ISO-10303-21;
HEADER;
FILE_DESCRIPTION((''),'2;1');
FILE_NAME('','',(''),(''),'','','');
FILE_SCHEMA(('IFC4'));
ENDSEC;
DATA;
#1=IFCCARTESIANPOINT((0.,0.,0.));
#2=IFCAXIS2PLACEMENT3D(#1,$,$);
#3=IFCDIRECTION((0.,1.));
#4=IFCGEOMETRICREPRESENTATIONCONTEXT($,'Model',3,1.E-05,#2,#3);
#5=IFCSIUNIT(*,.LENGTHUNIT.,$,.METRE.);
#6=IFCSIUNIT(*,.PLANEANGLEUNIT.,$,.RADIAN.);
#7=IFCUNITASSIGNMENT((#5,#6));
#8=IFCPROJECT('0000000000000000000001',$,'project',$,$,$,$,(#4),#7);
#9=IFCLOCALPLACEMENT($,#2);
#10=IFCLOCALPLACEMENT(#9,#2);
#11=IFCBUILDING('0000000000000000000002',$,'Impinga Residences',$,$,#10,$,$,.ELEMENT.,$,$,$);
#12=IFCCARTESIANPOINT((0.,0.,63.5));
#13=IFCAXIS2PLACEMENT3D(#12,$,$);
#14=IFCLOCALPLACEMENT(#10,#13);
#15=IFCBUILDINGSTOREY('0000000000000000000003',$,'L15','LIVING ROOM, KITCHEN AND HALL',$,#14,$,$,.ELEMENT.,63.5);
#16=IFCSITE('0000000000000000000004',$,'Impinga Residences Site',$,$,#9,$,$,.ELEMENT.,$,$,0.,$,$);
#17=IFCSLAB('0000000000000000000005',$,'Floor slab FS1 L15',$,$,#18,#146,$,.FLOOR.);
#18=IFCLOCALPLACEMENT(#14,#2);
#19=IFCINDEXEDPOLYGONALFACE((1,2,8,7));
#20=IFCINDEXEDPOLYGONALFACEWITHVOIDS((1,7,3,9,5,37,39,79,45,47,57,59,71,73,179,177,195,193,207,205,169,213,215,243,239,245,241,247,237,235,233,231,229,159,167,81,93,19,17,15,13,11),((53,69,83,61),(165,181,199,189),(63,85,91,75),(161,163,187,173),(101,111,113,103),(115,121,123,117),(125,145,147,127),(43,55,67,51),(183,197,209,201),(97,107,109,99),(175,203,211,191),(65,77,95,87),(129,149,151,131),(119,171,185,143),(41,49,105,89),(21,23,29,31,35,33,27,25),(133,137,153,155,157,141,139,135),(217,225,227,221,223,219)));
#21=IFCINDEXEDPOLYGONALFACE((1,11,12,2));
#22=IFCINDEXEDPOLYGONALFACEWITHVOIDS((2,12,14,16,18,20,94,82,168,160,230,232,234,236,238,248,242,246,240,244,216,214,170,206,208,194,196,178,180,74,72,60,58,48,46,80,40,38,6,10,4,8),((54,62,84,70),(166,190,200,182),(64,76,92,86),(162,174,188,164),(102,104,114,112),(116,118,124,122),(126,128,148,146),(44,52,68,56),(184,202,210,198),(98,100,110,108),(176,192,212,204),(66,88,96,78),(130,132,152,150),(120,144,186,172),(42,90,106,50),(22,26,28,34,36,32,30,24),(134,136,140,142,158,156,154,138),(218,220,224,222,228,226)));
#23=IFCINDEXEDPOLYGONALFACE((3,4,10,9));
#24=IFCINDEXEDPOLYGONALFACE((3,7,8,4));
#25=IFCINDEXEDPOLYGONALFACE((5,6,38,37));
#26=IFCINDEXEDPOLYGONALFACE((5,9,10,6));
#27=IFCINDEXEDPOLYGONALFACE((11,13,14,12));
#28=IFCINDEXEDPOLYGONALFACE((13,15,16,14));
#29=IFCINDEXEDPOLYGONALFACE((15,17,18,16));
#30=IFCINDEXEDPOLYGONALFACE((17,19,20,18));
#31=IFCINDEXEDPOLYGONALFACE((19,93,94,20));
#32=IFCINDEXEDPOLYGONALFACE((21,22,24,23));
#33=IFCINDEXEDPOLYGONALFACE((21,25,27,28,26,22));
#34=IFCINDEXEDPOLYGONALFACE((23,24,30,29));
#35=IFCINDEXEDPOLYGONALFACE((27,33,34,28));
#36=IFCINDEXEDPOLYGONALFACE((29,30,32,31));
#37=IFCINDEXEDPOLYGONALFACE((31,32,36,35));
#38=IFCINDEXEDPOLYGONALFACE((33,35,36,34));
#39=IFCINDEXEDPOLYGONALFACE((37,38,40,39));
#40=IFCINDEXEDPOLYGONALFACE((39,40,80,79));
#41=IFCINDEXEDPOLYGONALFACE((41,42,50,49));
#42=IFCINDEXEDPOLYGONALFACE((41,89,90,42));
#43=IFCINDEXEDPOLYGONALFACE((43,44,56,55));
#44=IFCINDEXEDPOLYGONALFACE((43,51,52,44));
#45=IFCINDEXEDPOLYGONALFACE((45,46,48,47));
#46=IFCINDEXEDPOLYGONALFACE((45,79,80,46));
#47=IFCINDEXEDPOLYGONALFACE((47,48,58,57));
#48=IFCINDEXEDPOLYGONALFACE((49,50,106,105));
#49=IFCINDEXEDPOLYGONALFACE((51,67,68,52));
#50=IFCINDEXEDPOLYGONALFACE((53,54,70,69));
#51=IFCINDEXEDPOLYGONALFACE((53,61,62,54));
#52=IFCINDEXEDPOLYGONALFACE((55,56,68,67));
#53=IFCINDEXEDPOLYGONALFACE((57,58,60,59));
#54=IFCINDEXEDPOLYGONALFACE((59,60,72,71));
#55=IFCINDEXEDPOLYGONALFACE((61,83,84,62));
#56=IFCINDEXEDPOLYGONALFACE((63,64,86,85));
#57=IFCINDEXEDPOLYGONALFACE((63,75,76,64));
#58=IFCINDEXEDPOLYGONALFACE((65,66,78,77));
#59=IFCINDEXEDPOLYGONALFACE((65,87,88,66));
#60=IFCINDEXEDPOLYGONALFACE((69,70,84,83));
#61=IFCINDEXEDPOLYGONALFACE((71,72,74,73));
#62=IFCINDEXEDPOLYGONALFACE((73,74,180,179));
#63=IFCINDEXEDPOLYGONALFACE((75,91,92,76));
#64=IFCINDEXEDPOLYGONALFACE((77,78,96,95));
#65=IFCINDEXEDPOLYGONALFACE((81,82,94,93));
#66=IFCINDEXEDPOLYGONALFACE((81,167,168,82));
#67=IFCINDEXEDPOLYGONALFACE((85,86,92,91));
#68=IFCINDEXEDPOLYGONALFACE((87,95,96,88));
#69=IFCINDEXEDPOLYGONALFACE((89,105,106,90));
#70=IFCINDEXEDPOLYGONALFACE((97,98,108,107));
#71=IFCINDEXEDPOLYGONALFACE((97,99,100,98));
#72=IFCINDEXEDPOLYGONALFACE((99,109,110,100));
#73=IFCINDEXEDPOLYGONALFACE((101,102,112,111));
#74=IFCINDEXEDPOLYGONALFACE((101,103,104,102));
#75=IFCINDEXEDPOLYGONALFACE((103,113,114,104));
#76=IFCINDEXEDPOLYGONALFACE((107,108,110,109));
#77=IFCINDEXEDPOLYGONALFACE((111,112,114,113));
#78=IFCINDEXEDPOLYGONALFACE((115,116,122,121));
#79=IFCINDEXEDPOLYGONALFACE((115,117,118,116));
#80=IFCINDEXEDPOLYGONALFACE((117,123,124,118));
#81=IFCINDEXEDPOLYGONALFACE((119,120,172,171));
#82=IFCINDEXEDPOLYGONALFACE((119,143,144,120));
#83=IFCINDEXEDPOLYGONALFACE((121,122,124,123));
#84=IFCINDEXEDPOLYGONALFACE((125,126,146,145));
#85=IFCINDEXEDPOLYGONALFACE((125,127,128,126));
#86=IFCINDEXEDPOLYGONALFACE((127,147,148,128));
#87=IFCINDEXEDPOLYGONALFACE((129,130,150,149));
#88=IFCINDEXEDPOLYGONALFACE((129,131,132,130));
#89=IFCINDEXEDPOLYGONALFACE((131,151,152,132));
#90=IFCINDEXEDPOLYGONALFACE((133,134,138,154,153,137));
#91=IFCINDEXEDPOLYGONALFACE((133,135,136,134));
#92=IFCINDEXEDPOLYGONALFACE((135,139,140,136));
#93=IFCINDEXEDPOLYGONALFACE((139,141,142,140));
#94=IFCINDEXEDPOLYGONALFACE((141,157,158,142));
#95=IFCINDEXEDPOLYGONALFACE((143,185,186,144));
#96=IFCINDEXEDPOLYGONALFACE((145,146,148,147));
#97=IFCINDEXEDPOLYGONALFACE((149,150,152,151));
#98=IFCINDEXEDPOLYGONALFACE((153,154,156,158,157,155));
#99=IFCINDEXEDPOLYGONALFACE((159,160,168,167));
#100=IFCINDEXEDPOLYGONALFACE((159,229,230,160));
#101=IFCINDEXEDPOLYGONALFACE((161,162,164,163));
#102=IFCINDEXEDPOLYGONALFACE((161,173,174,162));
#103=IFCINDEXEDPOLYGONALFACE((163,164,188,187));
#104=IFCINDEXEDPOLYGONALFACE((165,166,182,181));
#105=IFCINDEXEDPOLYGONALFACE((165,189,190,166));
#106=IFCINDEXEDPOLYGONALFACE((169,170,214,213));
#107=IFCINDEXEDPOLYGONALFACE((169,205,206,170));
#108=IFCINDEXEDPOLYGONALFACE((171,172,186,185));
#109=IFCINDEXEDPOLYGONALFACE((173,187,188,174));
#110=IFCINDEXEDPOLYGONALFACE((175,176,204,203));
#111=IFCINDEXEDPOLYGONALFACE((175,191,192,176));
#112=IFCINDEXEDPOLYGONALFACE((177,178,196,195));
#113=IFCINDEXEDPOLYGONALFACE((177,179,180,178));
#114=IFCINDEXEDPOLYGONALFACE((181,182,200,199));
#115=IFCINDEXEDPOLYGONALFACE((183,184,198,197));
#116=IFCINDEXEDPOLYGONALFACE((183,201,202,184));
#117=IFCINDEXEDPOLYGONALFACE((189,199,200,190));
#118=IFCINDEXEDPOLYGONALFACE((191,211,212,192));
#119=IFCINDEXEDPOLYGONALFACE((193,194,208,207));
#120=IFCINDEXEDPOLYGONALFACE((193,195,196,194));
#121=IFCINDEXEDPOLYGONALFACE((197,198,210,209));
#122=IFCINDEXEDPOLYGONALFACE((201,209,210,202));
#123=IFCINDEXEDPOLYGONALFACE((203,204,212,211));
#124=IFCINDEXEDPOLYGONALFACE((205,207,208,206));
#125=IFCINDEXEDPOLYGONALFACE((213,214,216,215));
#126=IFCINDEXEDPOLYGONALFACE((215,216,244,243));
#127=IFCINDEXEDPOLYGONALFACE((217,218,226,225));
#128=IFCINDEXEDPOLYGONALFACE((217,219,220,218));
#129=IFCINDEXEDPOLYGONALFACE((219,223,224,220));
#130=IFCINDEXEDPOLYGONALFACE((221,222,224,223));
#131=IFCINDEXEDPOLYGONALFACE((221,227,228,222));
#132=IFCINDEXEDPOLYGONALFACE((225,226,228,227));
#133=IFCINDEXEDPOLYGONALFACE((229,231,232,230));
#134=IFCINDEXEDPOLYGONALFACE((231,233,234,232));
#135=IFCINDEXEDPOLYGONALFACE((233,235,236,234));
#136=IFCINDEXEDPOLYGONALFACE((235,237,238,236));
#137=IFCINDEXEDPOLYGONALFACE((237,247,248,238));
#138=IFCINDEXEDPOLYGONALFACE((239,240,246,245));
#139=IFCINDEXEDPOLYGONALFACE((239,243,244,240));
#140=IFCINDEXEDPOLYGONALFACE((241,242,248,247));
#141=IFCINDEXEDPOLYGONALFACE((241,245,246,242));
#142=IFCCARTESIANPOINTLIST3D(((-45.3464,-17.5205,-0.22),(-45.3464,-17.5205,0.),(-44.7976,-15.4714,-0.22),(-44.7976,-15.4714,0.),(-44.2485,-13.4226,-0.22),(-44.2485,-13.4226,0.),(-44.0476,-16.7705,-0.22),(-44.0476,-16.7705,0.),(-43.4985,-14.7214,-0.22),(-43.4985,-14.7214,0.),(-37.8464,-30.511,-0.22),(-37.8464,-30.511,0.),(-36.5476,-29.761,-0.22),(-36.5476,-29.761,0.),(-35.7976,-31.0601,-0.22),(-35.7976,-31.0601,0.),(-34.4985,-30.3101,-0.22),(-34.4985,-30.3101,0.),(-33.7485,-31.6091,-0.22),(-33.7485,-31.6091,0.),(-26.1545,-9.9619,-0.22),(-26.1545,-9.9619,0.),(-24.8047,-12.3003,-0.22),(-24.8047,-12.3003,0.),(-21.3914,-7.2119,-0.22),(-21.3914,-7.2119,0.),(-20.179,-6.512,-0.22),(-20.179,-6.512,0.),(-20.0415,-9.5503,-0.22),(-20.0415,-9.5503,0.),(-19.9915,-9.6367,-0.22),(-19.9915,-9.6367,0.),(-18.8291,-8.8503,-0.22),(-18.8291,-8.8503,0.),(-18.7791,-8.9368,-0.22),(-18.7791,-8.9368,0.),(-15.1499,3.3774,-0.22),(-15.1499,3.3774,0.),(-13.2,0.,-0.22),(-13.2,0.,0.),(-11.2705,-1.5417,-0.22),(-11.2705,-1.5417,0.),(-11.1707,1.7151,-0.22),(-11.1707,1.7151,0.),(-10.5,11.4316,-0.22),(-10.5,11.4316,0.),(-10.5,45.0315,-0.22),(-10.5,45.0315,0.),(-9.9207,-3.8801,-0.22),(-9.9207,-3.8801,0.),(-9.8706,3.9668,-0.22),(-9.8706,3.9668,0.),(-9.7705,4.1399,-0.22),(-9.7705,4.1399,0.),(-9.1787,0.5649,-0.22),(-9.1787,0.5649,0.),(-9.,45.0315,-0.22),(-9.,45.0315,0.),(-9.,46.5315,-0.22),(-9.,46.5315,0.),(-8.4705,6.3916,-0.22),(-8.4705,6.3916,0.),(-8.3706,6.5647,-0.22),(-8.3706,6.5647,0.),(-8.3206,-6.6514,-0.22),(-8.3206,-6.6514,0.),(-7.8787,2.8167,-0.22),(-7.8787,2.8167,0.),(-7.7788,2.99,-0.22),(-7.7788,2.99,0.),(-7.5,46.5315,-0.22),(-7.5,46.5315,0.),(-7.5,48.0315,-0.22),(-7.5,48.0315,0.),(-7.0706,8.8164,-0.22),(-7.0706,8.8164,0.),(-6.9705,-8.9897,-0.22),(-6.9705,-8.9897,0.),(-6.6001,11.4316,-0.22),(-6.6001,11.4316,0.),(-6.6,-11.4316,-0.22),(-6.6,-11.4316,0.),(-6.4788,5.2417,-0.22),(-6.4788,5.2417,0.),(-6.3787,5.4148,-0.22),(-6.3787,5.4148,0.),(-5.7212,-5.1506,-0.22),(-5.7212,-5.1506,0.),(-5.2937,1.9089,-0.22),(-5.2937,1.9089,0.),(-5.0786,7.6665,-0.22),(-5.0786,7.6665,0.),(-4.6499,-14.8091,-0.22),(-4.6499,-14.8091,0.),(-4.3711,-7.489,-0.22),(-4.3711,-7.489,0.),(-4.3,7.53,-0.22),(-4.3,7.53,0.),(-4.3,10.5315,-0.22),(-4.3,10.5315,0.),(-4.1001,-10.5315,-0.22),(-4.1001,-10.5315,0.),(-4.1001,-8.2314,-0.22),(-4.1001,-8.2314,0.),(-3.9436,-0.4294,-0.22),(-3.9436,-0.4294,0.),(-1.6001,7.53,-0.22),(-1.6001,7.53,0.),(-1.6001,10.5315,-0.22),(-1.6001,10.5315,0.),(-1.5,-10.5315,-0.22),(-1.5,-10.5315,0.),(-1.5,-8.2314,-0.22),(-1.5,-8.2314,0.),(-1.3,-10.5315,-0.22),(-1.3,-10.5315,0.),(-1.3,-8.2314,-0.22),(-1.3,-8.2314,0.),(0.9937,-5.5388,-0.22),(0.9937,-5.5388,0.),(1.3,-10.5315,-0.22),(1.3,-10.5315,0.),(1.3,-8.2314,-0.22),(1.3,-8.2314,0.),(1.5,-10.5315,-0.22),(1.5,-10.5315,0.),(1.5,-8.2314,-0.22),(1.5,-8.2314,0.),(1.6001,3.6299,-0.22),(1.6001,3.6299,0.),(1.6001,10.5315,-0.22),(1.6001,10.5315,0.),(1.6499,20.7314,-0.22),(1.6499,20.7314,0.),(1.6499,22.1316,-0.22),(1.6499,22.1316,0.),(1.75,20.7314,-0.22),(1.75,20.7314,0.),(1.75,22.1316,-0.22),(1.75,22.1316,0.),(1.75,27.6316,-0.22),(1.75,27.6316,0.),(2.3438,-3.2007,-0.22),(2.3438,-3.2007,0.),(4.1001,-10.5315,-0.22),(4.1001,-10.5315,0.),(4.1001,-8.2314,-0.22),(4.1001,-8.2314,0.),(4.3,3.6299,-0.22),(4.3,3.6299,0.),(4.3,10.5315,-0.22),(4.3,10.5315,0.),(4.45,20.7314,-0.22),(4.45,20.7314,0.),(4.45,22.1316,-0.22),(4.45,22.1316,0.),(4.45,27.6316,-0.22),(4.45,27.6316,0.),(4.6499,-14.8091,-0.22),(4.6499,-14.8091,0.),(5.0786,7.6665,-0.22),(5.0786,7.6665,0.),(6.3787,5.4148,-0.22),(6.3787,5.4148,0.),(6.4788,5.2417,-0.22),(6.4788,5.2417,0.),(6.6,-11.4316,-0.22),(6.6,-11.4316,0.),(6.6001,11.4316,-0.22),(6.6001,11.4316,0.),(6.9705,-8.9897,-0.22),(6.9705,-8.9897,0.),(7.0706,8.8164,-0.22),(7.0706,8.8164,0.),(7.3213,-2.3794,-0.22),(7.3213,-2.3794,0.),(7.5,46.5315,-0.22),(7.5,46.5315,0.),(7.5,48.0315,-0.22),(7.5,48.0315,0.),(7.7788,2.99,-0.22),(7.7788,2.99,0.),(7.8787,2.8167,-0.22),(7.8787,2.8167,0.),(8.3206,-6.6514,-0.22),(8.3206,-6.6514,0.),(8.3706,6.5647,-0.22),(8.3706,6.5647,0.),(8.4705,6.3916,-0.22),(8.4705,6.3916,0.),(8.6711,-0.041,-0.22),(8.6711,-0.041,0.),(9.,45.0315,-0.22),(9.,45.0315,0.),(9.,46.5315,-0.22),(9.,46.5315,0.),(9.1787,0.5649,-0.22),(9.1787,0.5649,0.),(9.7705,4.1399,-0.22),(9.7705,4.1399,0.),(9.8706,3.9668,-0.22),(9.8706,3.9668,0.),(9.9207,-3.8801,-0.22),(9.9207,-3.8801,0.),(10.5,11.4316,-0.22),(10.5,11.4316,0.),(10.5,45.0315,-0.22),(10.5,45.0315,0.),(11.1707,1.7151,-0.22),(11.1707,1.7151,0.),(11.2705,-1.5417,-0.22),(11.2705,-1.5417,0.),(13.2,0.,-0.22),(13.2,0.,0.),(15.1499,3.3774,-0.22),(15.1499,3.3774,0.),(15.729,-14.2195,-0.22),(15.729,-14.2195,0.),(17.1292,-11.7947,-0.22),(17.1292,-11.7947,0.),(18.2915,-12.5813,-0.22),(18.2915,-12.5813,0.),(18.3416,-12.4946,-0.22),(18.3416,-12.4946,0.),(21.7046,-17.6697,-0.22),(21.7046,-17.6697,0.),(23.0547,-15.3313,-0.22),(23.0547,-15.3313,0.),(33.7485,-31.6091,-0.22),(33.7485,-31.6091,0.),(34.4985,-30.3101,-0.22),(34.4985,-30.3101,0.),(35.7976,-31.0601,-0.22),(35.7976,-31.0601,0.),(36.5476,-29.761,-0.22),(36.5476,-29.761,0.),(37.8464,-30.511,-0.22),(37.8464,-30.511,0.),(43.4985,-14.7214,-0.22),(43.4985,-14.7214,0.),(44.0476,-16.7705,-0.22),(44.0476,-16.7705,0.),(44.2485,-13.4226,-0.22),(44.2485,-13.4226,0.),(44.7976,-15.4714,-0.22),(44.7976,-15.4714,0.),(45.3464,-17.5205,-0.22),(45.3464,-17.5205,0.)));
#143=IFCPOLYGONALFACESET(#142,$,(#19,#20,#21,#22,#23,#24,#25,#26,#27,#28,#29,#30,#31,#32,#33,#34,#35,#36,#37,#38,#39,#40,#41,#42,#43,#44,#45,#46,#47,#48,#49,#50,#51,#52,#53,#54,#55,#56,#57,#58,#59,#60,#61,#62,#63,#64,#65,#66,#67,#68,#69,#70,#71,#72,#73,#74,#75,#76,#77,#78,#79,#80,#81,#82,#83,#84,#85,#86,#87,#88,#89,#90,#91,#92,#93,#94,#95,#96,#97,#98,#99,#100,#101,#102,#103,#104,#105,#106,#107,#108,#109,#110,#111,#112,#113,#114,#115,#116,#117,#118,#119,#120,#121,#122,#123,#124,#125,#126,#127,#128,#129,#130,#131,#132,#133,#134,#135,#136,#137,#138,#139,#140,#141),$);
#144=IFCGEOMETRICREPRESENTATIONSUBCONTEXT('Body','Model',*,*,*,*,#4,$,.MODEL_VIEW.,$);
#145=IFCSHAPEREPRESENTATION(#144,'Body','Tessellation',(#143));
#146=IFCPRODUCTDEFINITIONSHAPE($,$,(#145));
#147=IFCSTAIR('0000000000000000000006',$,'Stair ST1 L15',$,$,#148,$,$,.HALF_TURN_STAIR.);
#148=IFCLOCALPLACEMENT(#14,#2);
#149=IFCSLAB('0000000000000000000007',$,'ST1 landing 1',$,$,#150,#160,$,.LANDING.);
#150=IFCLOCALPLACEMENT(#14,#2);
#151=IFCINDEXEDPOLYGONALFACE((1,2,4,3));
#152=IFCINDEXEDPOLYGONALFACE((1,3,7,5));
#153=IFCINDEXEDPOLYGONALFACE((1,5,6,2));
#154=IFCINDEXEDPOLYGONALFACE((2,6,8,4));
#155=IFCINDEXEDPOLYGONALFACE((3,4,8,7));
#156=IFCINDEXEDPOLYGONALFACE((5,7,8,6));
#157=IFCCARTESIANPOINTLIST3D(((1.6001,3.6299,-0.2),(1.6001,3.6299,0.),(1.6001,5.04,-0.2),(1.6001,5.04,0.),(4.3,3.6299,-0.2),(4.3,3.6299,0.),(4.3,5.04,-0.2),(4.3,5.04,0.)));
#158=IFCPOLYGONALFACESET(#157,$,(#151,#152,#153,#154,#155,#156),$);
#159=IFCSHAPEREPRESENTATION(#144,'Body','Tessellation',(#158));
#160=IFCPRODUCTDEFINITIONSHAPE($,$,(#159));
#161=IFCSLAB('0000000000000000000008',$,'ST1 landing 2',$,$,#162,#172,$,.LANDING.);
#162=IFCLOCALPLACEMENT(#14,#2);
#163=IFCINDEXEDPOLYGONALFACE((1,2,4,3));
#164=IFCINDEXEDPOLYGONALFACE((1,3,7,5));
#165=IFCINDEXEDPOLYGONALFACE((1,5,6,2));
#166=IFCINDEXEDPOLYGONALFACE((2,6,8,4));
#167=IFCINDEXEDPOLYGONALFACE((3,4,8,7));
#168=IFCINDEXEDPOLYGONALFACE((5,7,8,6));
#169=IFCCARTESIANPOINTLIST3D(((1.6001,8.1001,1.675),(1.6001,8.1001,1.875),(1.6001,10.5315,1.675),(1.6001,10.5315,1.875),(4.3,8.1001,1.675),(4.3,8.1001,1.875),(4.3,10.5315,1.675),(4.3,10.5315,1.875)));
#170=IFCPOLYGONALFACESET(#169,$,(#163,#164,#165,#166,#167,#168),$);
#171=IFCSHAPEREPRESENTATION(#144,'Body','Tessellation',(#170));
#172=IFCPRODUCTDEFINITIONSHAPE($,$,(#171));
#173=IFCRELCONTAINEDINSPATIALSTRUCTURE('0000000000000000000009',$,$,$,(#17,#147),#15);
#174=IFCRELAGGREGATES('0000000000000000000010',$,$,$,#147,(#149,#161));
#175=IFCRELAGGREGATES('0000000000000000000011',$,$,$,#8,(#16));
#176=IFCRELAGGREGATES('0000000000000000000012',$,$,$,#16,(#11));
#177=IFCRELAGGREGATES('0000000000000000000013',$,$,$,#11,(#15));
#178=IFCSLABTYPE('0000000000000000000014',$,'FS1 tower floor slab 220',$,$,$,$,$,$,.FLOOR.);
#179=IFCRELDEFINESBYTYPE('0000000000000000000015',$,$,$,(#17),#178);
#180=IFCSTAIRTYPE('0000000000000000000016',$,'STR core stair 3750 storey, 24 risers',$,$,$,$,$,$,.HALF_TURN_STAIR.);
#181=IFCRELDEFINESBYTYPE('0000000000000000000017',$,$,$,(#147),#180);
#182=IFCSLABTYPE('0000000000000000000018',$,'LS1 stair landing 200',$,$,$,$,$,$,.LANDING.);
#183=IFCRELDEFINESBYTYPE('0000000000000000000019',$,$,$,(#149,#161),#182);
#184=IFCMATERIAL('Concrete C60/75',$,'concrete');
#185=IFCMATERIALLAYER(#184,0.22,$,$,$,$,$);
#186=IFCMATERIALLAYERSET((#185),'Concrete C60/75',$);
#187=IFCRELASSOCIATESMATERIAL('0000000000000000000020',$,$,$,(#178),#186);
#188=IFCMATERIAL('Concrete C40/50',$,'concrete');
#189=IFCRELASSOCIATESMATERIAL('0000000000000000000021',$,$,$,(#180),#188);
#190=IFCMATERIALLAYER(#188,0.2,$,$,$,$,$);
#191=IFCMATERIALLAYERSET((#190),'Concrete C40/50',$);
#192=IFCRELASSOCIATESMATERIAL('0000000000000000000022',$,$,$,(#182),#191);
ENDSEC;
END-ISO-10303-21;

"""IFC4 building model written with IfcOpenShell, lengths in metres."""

from ifc_helpers import new_model, si_unit, direction, frame, origin, place, context, subcontext, project, spatial, polyline, outline, extrude, material, layer, layer_set, type_object, element, aggregate, save


model = new_model("IFC4")

# Units and contexts
model_context = context("Model", 3, precision=1e-05, world=origin(), true_north=direction((0.0, 1.0)))
body_context = subcontext(model_context, "Body", "Model", "MODEL_VIEW")
ifc_project = project(units=[si_unit("LENGTHUNIT", "METRE"), si_unit("PLANEANGLEUNIT", "RADIAN")], contexts=[model_context])

# Site, building, storey
site_placement = place(None, origin())
site = spatial("IfcSite", under=ifc_project, at=site_placement, Name="Impinga Residences Site", CompositionType="ELEMENT", RefElevation=0.0)
building_placement = place(site_placement, origin())
building = spatial("IfcBuilding", under=site, at=building_placement, Name="Impinga Residences", CompositionType="ELEMENT")
storey_placement = place(building_placement, frame((0.0, 0.0, 63.5)))
storey = spatial("IfcBuildingStorey", under=building, at=storey_placement, Name="L15", Description="LIVING ROOM, KITCHEN AND HALL", CompositionType="ELEMENT", Elevation=63.5)

# Slab
ifc_material_1 = material(Name="Concrete C60/75", Category="concrete")
ifc_layer_1 = layer(ifc_material_1, 0.22)
ifc_layer_set_1 = layer_set([ifc_layer_1], Name="Concrete C60/75")
slab_type_1 = type_object("IfcSlabType", Name="FS1 tower floor slab 220", PredefinedType="FLOOR", material=ifc_layer_set_1)
slab_1_placement = place(storey_placement, frame((0.0, 0.0, -0.22)))
element("IfcSlab", 1, at=slab_1_placement, inside=storey, type_object=slab_type_1, Name="Floor slab FS1 L15", PredefinedType="FLOOR", context=body_context, shape_type="SweptSolid", body=[
    extrude(outline(polyline([(-34.4985, -30.3101), (-35.7976, -31.0601), (-36.5476, -29.761), (-37.8464, -30.511), (-45.3464, -17.5205), (-44.0476, -16.7705), (-44.7976, -15.4714), (-43.4985, -14.7214), (-44.2485, -13.4226), (-15.1499, 3.3774), (-13.2, 0.0), (-6.6001, 11.4316), (-10.5, 11.4316), (-10.5, 45.0315), (-9.0, 45.0315), (-9.0, 46.5315), (-7.5, 46.5315), (-7.5, 48.0315), (7.5, 48.0315), (7.5, 46.5315), (9.0, 46.5315), (9.0, 45.0315), (10.5, 45.0315), (10.5, 11.4316), (6.6001, 11.4316), (13.2, 0.0), (15.1499, 3.3774), (44.2485, -13.4226), (43.4985, -14.7214), (44.7976, -15.4714), (44.0476, -16.7705), (45.3464, -17.5205), (37.8464, -30.511), (36.5476, -29.761), (35.7976, -31.0601), (34.4985, -30.3101), (33.7485, -31.6091), (4.6499, -14.8091), (9.9001, -5.7158), (6.6001, -11.4316), (-6.6001, -11.4316), (-9.9001, -5.7158), (-4.6499, -14.8091), (-33.7485, -31.6091), (-34.4985, -30.3101)]), holes=[polyline([(-21.3914, -7.2119), (-26.1545, -9.9619), (-24.8047, -12.3003), (-20.0415, -9.5503), (-19.9915, -9.6367), (-18.7791, -8.9368), (-18.8291, -8.8503), (-18.8291, -8.8503), (-20.179, -6.512), (-21.3914, -7.2119), (-21.3914, -7.2119)]), polyline([(-1.5, -8.2314), (-4.1001, -8.2314), (-4.1001, -10.5315), (-1.5, -10.5315), (-1.5, -8.2314)]), polyline([(1.3, -8.2314), (-1.3, -8.2314), (-1.3, -10.5315), (1.3, -10.5315), (1.3, -8.2314)]), polyline([(1.5, -8.2314), (1.5, -10.5315), (4.1001, -10.5315), (4.1001, -8.2314), (1.5, -8.2314)]), polyline([(-5.7212, -5.1506), (-8.3206, -6.6514), (-6.9705, -8.9897), (-4.3711, -7.489), (-5.7212, -5.1506)]), polyline([(-3.9436, -0.4294), (-5.2937, 1.9089), (-11.2705, -1.5417), (-9.9207, -3.8801), (-3.9436, -0.4294)]), polyline([(-9.1787, 0.5649), (-7.8787, 2.8167), (-9.8706, 3.9668), (-11.1707, 1.7151), (-9.1787, 0.5649)]), polyline([(-6.4788, 5.2417), (-8.4705, 6.3916), (-9.7705, 4.1399), (-7.7788, 2.99), (-6.4788, 5.2417)]), polyline([(-6.3787, 5.4148), (-5.0786, 7.6665), (-7.0706, 8.8164), (-8.3706, 6.5647), (-6.3787, 5.4148)]), polyline([(-4.3, 7.53), (-1.6001, 7.53), (-1.6001, 10.5315), (-4.3, 10.5315), (-4.3, 7.53)]), polyline([(15.729, -14.2195), (21.7046, -17.6697), (23.0547, -15.3313), (18.2915, -12.5813), (18.3416, -12.4946), (17.1292, -11.7947), (15.729, -14.2195)]), polyline([(0.9937, -5.5388), (6.9705, -8.9897), (8.3206, -6.6514), (2.3438, -3.2007), (0.9937, -5.5388)]), polyline([(8.6711, -0.041), (7.3213, -2.3794), (9.9207, -3.8801), (11.2705, -1.5417), (8.6711, -0.041)]), polyline([(7.8787, 2.8167), (9.1787, 0.5649), (11.1707, 1.7151), (9.8706, 3.9668), (7.8787, 2.8167)]), polyline([(7.7788, 2.99), (9.7705, 4.1399), (8.4705, 6.3916), (6.4788, 5.2417), (7.7788, 2.99)]), polyline([(1.6001, 3.6299), (4.3, 3.6299), (4.3, 10.5315), (1.6001, 10.5315), (1.6001, 3.6299)]), polyline([(5.0786, 7.6665), (6.3787, 5.4148), (8.3706, 6.5647), (7.0706, 8.8164), (5.0786, 7.6665)]), polyline([(1.75, 22.1316), (1.6499, 22.1316), (1.6499, 20.7314), (1.75, 20.7314), (4.45, 20.7314), (4.45, 22.1316), (4.45, 27.6316), (1.75, 27.6316), (1.75, 22.1316)])]), origin(), (0.0, 0.0, 1.0), 0.22),
])

# Stair, slabs
ifc_material_2 = material(Name="Concrete C40/50", Category="concrete")
stair_type = type_object("IfcStairType", Name="STR core stair 3750 storey, 24 risers", PredefinedType="HALF_TURN_STAIR", material=ifc_material_2)
stair_1_placement = place(storey_placement, origin())
stair_1 = element("IfcStair", 2, at=stair_1_placement, inside=storey, type_object=stair_type, Name="Stair ST1 L15", PredefinedType="HALF_TURN_STAIR")
ifc_layer_2 = layer(ifc_material_2, 0.2)
ifc_layer_set_2 = layer_set([ifc_layer_2], Name="Concrete C40/50")
slab_type_2 = type_object("IfcSlabType", Name="LS1 stair landing 200", PredefinedType="LANDING", material=ifc_layer_set_2)
slab_2_placement = place(storey_placement, frame((0.0, 0.0, -0.2)))
slab_2 = element("IfcSlab", 3, at=slab_2_placement, type_object=slab_type_2, Name="ST1 landing 1", PredefinedType="LANDING", context=body_context, shape_type="SweptSolid", body=[
    extrude(outline(polyline([(1.6001, 3.6299), (4.3, 3.6299), (4.3, 5.04), (1.6001, 5.04), (1.6001, 3.6299)])), origin(), (0.0, 0.0, 1.0), 0.2),
])
slab_3_placement = place(storey_placement, frame((0.0, 0.0, 1.675)))
slab_3 = element("IfcSlab", 4, at=slab_3_placement, type_object=slab_type_2, Name="ST1 landing 2", PredefinedType="LANDING", context=body_context, shape_type="SweptSolid", body=[
    extrude(outline(polyline([(1.6001, 8.1001), (4.3, 8.1001), (4.3, 10.5315), (1.6001, 10.5315), (1.6001, 8.1001)])), origin(), (0.0, 0.0, 1.0), 0.2),
])
aggregate(stair_1, [slab_2, slab_3])

save(model, "model.ifc")
